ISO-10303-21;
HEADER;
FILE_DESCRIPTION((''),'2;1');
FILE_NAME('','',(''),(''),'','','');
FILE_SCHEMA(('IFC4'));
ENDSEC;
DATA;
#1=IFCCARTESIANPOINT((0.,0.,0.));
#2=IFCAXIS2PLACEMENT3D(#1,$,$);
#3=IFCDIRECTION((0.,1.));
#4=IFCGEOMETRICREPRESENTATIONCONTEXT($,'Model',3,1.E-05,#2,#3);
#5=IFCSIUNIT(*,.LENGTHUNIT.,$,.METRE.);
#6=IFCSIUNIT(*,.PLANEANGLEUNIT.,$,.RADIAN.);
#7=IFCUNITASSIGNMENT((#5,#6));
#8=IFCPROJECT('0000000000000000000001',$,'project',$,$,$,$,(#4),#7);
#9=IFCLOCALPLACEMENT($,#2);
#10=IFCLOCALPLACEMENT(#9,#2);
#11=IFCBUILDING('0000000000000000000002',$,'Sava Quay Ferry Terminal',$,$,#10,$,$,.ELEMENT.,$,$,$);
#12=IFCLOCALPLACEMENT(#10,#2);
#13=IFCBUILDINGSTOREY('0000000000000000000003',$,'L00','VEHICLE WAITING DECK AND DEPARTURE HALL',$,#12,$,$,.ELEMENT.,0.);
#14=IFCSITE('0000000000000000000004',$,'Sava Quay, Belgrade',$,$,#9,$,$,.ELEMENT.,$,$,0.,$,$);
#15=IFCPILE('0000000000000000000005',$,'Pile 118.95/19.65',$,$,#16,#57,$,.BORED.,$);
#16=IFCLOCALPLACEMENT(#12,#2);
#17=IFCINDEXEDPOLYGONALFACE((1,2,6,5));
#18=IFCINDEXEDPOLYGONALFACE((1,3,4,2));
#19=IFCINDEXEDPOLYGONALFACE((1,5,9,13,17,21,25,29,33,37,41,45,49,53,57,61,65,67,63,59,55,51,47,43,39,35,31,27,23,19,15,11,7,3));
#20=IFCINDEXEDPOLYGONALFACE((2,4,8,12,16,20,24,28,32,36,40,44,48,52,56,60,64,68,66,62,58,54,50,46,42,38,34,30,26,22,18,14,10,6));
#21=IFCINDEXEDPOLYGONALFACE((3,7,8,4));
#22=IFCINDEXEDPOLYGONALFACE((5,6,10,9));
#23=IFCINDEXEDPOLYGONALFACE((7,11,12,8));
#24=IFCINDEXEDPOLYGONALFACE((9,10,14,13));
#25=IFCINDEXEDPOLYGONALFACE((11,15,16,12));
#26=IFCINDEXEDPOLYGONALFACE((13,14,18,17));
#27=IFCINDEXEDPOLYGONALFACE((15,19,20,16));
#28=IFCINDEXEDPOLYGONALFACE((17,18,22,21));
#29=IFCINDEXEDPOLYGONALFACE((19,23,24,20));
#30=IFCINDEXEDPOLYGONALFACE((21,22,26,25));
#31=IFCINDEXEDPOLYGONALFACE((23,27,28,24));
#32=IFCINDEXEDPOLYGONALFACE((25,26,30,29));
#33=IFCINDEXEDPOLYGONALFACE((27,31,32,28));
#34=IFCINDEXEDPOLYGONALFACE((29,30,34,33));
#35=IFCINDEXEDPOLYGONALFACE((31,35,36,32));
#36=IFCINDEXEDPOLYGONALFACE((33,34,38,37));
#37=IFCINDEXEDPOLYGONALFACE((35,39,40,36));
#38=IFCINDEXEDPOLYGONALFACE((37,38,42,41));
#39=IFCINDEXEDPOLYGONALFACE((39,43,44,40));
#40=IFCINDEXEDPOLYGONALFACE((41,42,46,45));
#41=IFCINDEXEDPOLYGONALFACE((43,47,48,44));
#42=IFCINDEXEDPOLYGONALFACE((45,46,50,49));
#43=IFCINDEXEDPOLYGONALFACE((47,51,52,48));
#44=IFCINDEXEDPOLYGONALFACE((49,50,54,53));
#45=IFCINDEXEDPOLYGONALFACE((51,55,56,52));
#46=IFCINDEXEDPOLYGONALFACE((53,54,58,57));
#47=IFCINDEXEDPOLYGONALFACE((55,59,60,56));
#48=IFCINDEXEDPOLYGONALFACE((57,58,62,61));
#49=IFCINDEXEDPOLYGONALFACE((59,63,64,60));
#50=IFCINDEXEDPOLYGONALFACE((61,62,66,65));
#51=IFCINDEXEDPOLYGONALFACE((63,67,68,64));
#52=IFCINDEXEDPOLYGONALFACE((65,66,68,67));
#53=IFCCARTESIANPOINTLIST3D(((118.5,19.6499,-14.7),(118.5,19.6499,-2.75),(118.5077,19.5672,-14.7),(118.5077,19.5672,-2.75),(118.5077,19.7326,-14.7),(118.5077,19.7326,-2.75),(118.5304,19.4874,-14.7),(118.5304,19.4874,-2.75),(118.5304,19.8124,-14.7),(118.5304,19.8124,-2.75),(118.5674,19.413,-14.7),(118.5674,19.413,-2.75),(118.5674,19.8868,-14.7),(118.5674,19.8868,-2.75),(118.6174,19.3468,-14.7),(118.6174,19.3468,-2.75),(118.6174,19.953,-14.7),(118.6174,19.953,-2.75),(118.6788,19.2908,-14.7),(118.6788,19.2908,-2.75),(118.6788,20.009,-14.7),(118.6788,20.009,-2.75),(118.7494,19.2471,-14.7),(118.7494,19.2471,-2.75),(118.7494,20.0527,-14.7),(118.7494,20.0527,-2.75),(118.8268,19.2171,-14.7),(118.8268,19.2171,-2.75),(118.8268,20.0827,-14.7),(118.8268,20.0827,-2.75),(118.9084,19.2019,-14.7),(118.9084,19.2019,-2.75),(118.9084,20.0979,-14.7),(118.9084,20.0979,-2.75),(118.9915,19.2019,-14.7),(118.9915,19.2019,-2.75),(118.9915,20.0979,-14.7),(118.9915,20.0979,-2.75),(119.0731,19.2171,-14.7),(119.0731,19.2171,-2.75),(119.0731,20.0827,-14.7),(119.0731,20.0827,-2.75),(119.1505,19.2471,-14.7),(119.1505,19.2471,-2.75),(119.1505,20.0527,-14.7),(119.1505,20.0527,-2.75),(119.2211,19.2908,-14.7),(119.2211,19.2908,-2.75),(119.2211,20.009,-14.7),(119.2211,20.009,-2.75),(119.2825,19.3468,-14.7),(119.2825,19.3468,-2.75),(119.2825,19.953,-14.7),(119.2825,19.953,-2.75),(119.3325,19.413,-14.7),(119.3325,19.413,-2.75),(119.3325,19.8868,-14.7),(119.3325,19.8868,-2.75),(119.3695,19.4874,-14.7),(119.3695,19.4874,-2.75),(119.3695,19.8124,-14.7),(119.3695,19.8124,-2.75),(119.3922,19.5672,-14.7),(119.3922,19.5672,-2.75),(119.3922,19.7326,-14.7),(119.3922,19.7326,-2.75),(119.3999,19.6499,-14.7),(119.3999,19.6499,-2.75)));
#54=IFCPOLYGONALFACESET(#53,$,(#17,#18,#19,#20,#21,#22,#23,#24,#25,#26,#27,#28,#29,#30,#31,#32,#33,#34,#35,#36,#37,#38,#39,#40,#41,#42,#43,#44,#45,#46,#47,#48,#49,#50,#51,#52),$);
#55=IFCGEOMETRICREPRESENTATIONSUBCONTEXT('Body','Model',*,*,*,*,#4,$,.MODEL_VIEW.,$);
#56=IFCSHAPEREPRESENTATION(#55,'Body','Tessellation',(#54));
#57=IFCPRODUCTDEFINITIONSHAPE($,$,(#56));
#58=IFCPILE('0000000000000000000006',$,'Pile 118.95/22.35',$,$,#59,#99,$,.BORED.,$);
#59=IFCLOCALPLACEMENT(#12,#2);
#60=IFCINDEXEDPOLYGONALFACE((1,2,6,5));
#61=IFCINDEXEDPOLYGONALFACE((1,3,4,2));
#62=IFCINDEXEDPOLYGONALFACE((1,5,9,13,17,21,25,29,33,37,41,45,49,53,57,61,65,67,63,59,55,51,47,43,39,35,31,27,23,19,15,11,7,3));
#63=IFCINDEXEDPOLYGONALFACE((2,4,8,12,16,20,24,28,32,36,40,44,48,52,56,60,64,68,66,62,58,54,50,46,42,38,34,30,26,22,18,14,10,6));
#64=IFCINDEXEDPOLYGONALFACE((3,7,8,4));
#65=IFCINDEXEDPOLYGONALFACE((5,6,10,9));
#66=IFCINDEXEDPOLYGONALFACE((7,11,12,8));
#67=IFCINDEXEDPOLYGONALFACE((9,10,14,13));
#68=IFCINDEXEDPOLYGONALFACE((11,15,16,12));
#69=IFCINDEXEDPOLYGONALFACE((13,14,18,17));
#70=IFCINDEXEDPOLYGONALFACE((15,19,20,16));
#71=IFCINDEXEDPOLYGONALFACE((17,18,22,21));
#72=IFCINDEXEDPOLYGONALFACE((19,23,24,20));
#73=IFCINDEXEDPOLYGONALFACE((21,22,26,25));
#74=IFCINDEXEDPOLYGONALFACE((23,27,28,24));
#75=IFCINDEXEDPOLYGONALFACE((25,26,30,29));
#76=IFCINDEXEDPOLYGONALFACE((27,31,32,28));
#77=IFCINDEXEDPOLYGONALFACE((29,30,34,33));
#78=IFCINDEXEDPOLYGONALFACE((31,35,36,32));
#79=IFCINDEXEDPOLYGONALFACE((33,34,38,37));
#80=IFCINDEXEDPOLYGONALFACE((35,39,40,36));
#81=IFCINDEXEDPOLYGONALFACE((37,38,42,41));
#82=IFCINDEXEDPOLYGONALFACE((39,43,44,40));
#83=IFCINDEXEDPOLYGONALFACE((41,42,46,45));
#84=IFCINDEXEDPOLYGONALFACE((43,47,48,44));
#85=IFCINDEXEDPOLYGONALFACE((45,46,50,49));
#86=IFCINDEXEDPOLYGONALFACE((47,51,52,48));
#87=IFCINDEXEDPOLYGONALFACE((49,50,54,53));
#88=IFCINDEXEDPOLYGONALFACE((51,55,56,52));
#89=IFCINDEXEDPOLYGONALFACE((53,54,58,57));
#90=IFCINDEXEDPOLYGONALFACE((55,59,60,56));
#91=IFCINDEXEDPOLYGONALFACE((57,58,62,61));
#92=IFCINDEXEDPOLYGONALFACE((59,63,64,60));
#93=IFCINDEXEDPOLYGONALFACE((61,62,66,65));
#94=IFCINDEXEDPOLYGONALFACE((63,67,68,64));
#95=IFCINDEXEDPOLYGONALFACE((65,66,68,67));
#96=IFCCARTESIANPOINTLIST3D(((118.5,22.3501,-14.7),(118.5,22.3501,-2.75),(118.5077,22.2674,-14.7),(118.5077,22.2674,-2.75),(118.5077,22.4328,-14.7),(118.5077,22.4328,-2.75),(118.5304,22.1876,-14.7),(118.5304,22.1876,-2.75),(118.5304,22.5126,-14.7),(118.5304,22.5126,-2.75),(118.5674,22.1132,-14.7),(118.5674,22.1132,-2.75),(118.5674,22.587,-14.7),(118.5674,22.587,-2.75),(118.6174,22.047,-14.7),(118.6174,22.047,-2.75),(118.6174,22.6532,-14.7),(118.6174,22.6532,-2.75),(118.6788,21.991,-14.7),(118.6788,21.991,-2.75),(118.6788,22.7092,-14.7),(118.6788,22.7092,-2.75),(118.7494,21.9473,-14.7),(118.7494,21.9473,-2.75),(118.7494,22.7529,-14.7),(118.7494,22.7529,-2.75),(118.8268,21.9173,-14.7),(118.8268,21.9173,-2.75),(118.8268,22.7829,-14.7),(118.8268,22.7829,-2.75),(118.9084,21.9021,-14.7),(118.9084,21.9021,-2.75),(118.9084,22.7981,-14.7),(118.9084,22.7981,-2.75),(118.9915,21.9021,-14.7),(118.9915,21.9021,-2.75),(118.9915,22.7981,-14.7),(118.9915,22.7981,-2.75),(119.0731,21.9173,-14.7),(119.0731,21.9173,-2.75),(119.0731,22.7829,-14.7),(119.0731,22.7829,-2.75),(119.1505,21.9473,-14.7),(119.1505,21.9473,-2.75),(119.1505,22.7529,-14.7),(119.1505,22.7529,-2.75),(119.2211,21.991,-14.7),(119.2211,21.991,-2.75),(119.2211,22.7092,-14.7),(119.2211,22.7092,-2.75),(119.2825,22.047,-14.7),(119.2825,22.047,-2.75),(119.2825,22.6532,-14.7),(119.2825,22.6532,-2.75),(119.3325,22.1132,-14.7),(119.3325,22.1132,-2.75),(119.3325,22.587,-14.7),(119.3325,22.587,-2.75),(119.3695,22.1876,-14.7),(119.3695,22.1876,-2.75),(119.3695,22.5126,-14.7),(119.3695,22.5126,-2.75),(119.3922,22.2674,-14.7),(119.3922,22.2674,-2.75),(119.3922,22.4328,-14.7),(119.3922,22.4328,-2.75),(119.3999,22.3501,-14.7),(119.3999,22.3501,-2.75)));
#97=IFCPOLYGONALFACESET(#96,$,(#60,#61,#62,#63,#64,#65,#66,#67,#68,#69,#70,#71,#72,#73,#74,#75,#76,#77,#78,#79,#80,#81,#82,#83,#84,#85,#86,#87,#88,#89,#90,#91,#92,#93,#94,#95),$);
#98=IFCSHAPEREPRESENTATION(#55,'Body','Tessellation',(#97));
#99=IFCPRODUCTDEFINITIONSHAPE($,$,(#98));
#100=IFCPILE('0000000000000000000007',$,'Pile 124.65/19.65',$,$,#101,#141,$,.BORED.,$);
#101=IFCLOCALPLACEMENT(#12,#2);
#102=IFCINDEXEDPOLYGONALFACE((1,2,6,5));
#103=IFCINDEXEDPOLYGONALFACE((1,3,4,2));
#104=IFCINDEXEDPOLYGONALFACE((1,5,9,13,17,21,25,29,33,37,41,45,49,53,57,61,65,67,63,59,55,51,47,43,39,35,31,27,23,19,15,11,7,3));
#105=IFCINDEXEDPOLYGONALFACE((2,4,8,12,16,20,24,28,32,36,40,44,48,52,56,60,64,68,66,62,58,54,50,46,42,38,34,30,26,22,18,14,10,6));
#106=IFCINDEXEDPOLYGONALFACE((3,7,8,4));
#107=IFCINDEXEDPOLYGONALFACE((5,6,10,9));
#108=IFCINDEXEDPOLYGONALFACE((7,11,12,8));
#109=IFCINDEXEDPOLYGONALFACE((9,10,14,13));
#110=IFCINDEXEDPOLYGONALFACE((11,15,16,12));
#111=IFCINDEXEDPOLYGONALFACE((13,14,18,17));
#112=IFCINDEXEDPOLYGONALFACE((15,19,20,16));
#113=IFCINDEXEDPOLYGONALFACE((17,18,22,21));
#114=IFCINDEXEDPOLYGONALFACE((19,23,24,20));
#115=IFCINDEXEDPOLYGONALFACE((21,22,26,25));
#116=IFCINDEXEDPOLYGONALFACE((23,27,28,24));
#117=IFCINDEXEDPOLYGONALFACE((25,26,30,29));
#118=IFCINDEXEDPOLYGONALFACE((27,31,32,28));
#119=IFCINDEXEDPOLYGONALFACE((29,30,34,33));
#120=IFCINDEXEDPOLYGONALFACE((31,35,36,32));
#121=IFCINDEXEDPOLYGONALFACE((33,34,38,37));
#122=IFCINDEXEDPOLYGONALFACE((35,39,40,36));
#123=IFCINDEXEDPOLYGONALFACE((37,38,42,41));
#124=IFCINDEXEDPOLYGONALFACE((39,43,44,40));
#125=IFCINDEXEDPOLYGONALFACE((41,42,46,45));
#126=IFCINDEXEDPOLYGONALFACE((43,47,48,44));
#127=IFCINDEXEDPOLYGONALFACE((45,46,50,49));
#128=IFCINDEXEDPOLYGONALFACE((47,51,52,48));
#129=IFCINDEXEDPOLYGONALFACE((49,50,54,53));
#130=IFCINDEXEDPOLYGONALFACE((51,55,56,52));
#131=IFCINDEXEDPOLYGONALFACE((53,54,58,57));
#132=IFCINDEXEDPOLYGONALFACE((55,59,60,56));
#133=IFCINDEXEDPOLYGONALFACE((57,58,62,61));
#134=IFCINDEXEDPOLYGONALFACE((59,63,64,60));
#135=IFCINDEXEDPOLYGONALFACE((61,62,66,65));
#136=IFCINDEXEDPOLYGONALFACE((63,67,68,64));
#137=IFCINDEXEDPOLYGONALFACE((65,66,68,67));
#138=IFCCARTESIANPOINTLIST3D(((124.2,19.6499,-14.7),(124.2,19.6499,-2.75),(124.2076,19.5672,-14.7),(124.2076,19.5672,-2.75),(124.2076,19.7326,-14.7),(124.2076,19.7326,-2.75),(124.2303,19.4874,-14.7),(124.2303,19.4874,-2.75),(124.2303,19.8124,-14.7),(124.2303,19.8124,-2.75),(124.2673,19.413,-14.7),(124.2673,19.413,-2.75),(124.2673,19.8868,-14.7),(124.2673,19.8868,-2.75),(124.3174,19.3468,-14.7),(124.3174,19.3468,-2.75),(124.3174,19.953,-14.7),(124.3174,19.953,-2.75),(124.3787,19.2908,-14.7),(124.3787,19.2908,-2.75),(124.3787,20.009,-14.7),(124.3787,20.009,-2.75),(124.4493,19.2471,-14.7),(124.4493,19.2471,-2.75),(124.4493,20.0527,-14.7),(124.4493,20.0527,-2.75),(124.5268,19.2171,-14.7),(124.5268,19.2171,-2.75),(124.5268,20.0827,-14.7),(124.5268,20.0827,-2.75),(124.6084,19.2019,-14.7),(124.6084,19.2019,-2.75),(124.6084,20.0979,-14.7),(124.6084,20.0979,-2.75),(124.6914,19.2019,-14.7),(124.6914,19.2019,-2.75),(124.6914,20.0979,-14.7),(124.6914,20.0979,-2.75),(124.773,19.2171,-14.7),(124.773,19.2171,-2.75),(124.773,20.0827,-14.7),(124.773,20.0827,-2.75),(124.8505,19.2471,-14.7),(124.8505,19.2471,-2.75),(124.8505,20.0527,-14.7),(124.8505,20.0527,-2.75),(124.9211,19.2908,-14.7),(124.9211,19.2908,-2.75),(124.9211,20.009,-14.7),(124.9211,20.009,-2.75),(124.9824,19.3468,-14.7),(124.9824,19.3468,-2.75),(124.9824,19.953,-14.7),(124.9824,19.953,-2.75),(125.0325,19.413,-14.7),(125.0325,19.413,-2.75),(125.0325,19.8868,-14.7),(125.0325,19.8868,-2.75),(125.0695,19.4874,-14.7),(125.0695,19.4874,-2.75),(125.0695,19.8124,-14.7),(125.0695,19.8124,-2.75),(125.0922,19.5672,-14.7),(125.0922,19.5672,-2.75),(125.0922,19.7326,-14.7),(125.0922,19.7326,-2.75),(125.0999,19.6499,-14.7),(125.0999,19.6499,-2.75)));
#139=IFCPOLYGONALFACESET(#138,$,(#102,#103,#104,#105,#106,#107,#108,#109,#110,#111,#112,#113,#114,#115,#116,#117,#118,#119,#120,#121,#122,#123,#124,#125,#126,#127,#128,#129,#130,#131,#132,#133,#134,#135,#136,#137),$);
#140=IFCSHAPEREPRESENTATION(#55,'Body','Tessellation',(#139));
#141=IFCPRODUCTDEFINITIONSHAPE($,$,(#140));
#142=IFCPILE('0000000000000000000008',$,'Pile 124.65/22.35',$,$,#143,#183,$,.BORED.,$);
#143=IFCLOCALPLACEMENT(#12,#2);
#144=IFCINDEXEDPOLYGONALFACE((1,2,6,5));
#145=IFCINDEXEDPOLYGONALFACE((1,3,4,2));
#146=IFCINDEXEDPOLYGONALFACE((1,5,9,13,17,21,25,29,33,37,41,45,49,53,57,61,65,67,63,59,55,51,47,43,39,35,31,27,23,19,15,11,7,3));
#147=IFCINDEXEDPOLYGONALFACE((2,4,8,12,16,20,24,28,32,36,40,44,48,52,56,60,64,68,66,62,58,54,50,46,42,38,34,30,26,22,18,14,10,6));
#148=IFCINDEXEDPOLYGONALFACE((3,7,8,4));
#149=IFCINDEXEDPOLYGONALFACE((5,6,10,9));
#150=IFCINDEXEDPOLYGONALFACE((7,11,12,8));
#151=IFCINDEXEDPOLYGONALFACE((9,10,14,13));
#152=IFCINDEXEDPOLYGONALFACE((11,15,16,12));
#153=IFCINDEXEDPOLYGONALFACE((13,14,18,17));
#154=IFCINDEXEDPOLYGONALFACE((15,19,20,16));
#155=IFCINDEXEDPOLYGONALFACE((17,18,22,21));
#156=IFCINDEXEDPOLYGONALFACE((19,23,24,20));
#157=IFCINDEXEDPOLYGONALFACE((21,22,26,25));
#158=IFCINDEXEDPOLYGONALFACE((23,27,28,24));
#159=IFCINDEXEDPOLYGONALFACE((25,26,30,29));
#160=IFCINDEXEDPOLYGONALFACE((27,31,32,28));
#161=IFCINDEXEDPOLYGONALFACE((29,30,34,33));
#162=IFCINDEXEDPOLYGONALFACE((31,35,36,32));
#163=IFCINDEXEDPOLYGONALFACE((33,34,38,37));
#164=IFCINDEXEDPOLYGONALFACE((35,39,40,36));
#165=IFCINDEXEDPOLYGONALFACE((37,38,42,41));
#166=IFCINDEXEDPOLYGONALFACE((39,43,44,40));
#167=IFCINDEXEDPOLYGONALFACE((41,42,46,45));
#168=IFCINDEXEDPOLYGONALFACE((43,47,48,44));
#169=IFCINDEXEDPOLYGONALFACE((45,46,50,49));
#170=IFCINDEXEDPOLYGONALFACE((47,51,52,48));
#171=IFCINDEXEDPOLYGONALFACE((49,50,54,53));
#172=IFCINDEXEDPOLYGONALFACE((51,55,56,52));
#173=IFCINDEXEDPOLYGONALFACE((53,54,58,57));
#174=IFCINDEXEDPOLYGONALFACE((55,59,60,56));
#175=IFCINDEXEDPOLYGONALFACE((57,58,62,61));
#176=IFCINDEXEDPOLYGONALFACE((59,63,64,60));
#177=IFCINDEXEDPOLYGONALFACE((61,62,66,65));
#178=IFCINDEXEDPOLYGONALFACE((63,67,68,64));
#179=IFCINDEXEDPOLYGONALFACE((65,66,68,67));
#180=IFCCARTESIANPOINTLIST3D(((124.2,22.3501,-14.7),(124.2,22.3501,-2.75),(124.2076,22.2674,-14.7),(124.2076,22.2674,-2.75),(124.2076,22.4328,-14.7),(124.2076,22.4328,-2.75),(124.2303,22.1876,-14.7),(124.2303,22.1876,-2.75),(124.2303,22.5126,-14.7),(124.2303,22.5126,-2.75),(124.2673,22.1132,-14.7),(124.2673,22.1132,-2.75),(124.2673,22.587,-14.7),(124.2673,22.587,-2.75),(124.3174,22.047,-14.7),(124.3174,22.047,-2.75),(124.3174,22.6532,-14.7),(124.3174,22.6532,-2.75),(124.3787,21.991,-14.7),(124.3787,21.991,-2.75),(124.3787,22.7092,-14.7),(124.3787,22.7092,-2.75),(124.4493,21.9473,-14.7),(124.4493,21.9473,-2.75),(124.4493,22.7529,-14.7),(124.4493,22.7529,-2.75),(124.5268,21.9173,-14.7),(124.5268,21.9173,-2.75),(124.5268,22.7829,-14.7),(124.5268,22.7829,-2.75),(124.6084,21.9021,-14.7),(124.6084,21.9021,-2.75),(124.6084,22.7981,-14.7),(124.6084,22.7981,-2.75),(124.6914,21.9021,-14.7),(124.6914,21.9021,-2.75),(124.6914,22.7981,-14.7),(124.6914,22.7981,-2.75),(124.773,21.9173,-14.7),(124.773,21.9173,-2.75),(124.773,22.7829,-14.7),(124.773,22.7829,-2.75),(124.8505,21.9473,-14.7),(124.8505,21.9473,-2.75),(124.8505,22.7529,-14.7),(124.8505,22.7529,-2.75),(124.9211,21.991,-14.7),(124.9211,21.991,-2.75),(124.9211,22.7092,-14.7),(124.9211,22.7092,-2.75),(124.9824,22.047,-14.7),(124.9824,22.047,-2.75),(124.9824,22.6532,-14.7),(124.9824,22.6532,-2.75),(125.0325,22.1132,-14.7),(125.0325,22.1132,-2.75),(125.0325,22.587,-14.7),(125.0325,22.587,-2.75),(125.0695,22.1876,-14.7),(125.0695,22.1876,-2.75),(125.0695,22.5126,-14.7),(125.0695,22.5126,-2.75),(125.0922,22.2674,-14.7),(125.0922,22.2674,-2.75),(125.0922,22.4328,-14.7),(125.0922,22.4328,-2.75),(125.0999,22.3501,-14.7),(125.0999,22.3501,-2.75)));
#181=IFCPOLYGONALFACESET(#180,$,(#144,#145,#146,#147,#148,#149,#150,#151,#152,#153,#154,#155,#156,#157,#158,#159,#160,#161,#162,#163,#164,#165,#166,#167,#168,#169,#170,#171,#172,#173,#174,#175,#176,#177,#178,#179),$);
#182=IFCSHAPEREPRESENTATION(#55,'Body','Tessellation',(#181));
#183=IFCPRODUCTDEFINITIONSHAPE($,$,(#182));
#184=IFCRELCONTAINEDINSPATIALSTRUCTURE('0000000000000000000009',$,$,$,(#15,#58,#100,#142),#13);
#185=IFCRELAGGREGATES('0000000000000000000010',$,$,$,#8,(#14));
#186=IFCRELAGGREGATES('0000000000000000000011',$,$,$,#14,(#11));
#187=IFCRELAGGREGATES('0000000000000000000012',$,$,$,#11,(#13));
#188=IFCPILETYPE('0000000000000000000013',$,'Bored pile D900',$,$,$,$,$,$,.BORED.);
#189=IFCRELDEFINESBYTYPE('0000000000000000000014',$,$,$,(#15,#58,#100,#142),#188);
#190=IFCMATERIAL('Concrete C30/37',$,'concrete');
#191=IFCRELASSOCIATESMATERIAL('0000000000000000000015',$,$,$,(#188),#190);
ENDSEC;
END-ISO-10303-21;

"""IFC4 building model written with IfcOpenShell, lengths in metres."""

from ifc_helpers import new_model, si_unit, direction, frame, origin, origin_2d, place, context, subcontext, project, spatial, circle, extrude, material, material_profile, profile_set, type_object, element, save


model = new_model("IFC4")

# Units and contexts
model_context = context("Model", 3, precision=1e-05, world=origin(), true_north=direction((0.0, 1.0)))
body_context = subcontext(model_context, "Body", "Model", "MODEL_VIEW")
ifc_project = project(units=[si_unit("LENGTHUNIT", "METRE"), si_unit("PLANEANGLEUNIT", "RADIAN")], contexts=[model_context])

# Site, building, storey
site_placement = place(None, origin())
site = spatial("IfcSite", under=ifc_project, at=site_placement, Name="Sava Quay, Belgrade", CompositionType="ELEMENT", RefElevation=0.0)
building_placement = place(site_placement, origin())
building = spatial("IfcBuilding", under=site, at=building_placement, Name="Sava Quay Ferry Terminal", CompositionType="ELEMENT")
storey_placement = place(building_placement, origin())
storey = spatial("IfcBuildingStorey", under=building, at=storey_placement, Name="L00", Description="VEHICLE WAITING DECK AND DEPARTURE HALL", CompositionType="ELEMENT", Elevation=0.0)

# Piles
ifc_material_1 = material(Name="Concrete C30/37", Category="concrete")
ifc_material_profile_1 = material_profile(ifc_material_1, circle(Radius=0.45, at=origin_2d()), Name="Bored pile D900")
ifc_profile_set_1 = profile_set([ifc_material_profile_1], Name="Concrete C30/37")
pile_type = type_object("IfcPileType", Name="Bored pile D900", PredefinedType="BORED", material=ifc_profile_set_1)
for number, where, z_axis, x_axis, name in (
    (1, (118.95, 19.6499, -2.75), (0.0, 0.0, -1.0), (1.0, 0.0, 0.0), "Pile 118.95/19.65"),
    (2, (118.95, 22.3501, -2.75), (0.0, 0.0, -1.0), (1.0, 0.0, 0.0), "Pile 118.95/22.35"),
    (3, (124.6499, 19.6499, -2.75), (0.0, 0.0, -1.0), (1.0, 0.0, 0.0), "Pile 124.65/19.65"),
    (4, (124.6499, 22.3501, -2.75), (0.0, 0.0, -1.0), (1.0, 0.0, 0.0), "Pile 124.65/22.35"),
):
    element("IfcPile", number, at=place(storey_placement, frame(where, z_axis=z_axis, x_axis=x_axis)), inside=storey, type_object=pile_type, Name=name, PredefinedType="BORED", context=body_context, shape_type="SweptSolid", body=[
        extrude(circle(Radius=0.45, at=origin_2d()), origin(), (0.0, 0.0, 1.0), 11.95),
    ])

save(model, "model.ifc")
